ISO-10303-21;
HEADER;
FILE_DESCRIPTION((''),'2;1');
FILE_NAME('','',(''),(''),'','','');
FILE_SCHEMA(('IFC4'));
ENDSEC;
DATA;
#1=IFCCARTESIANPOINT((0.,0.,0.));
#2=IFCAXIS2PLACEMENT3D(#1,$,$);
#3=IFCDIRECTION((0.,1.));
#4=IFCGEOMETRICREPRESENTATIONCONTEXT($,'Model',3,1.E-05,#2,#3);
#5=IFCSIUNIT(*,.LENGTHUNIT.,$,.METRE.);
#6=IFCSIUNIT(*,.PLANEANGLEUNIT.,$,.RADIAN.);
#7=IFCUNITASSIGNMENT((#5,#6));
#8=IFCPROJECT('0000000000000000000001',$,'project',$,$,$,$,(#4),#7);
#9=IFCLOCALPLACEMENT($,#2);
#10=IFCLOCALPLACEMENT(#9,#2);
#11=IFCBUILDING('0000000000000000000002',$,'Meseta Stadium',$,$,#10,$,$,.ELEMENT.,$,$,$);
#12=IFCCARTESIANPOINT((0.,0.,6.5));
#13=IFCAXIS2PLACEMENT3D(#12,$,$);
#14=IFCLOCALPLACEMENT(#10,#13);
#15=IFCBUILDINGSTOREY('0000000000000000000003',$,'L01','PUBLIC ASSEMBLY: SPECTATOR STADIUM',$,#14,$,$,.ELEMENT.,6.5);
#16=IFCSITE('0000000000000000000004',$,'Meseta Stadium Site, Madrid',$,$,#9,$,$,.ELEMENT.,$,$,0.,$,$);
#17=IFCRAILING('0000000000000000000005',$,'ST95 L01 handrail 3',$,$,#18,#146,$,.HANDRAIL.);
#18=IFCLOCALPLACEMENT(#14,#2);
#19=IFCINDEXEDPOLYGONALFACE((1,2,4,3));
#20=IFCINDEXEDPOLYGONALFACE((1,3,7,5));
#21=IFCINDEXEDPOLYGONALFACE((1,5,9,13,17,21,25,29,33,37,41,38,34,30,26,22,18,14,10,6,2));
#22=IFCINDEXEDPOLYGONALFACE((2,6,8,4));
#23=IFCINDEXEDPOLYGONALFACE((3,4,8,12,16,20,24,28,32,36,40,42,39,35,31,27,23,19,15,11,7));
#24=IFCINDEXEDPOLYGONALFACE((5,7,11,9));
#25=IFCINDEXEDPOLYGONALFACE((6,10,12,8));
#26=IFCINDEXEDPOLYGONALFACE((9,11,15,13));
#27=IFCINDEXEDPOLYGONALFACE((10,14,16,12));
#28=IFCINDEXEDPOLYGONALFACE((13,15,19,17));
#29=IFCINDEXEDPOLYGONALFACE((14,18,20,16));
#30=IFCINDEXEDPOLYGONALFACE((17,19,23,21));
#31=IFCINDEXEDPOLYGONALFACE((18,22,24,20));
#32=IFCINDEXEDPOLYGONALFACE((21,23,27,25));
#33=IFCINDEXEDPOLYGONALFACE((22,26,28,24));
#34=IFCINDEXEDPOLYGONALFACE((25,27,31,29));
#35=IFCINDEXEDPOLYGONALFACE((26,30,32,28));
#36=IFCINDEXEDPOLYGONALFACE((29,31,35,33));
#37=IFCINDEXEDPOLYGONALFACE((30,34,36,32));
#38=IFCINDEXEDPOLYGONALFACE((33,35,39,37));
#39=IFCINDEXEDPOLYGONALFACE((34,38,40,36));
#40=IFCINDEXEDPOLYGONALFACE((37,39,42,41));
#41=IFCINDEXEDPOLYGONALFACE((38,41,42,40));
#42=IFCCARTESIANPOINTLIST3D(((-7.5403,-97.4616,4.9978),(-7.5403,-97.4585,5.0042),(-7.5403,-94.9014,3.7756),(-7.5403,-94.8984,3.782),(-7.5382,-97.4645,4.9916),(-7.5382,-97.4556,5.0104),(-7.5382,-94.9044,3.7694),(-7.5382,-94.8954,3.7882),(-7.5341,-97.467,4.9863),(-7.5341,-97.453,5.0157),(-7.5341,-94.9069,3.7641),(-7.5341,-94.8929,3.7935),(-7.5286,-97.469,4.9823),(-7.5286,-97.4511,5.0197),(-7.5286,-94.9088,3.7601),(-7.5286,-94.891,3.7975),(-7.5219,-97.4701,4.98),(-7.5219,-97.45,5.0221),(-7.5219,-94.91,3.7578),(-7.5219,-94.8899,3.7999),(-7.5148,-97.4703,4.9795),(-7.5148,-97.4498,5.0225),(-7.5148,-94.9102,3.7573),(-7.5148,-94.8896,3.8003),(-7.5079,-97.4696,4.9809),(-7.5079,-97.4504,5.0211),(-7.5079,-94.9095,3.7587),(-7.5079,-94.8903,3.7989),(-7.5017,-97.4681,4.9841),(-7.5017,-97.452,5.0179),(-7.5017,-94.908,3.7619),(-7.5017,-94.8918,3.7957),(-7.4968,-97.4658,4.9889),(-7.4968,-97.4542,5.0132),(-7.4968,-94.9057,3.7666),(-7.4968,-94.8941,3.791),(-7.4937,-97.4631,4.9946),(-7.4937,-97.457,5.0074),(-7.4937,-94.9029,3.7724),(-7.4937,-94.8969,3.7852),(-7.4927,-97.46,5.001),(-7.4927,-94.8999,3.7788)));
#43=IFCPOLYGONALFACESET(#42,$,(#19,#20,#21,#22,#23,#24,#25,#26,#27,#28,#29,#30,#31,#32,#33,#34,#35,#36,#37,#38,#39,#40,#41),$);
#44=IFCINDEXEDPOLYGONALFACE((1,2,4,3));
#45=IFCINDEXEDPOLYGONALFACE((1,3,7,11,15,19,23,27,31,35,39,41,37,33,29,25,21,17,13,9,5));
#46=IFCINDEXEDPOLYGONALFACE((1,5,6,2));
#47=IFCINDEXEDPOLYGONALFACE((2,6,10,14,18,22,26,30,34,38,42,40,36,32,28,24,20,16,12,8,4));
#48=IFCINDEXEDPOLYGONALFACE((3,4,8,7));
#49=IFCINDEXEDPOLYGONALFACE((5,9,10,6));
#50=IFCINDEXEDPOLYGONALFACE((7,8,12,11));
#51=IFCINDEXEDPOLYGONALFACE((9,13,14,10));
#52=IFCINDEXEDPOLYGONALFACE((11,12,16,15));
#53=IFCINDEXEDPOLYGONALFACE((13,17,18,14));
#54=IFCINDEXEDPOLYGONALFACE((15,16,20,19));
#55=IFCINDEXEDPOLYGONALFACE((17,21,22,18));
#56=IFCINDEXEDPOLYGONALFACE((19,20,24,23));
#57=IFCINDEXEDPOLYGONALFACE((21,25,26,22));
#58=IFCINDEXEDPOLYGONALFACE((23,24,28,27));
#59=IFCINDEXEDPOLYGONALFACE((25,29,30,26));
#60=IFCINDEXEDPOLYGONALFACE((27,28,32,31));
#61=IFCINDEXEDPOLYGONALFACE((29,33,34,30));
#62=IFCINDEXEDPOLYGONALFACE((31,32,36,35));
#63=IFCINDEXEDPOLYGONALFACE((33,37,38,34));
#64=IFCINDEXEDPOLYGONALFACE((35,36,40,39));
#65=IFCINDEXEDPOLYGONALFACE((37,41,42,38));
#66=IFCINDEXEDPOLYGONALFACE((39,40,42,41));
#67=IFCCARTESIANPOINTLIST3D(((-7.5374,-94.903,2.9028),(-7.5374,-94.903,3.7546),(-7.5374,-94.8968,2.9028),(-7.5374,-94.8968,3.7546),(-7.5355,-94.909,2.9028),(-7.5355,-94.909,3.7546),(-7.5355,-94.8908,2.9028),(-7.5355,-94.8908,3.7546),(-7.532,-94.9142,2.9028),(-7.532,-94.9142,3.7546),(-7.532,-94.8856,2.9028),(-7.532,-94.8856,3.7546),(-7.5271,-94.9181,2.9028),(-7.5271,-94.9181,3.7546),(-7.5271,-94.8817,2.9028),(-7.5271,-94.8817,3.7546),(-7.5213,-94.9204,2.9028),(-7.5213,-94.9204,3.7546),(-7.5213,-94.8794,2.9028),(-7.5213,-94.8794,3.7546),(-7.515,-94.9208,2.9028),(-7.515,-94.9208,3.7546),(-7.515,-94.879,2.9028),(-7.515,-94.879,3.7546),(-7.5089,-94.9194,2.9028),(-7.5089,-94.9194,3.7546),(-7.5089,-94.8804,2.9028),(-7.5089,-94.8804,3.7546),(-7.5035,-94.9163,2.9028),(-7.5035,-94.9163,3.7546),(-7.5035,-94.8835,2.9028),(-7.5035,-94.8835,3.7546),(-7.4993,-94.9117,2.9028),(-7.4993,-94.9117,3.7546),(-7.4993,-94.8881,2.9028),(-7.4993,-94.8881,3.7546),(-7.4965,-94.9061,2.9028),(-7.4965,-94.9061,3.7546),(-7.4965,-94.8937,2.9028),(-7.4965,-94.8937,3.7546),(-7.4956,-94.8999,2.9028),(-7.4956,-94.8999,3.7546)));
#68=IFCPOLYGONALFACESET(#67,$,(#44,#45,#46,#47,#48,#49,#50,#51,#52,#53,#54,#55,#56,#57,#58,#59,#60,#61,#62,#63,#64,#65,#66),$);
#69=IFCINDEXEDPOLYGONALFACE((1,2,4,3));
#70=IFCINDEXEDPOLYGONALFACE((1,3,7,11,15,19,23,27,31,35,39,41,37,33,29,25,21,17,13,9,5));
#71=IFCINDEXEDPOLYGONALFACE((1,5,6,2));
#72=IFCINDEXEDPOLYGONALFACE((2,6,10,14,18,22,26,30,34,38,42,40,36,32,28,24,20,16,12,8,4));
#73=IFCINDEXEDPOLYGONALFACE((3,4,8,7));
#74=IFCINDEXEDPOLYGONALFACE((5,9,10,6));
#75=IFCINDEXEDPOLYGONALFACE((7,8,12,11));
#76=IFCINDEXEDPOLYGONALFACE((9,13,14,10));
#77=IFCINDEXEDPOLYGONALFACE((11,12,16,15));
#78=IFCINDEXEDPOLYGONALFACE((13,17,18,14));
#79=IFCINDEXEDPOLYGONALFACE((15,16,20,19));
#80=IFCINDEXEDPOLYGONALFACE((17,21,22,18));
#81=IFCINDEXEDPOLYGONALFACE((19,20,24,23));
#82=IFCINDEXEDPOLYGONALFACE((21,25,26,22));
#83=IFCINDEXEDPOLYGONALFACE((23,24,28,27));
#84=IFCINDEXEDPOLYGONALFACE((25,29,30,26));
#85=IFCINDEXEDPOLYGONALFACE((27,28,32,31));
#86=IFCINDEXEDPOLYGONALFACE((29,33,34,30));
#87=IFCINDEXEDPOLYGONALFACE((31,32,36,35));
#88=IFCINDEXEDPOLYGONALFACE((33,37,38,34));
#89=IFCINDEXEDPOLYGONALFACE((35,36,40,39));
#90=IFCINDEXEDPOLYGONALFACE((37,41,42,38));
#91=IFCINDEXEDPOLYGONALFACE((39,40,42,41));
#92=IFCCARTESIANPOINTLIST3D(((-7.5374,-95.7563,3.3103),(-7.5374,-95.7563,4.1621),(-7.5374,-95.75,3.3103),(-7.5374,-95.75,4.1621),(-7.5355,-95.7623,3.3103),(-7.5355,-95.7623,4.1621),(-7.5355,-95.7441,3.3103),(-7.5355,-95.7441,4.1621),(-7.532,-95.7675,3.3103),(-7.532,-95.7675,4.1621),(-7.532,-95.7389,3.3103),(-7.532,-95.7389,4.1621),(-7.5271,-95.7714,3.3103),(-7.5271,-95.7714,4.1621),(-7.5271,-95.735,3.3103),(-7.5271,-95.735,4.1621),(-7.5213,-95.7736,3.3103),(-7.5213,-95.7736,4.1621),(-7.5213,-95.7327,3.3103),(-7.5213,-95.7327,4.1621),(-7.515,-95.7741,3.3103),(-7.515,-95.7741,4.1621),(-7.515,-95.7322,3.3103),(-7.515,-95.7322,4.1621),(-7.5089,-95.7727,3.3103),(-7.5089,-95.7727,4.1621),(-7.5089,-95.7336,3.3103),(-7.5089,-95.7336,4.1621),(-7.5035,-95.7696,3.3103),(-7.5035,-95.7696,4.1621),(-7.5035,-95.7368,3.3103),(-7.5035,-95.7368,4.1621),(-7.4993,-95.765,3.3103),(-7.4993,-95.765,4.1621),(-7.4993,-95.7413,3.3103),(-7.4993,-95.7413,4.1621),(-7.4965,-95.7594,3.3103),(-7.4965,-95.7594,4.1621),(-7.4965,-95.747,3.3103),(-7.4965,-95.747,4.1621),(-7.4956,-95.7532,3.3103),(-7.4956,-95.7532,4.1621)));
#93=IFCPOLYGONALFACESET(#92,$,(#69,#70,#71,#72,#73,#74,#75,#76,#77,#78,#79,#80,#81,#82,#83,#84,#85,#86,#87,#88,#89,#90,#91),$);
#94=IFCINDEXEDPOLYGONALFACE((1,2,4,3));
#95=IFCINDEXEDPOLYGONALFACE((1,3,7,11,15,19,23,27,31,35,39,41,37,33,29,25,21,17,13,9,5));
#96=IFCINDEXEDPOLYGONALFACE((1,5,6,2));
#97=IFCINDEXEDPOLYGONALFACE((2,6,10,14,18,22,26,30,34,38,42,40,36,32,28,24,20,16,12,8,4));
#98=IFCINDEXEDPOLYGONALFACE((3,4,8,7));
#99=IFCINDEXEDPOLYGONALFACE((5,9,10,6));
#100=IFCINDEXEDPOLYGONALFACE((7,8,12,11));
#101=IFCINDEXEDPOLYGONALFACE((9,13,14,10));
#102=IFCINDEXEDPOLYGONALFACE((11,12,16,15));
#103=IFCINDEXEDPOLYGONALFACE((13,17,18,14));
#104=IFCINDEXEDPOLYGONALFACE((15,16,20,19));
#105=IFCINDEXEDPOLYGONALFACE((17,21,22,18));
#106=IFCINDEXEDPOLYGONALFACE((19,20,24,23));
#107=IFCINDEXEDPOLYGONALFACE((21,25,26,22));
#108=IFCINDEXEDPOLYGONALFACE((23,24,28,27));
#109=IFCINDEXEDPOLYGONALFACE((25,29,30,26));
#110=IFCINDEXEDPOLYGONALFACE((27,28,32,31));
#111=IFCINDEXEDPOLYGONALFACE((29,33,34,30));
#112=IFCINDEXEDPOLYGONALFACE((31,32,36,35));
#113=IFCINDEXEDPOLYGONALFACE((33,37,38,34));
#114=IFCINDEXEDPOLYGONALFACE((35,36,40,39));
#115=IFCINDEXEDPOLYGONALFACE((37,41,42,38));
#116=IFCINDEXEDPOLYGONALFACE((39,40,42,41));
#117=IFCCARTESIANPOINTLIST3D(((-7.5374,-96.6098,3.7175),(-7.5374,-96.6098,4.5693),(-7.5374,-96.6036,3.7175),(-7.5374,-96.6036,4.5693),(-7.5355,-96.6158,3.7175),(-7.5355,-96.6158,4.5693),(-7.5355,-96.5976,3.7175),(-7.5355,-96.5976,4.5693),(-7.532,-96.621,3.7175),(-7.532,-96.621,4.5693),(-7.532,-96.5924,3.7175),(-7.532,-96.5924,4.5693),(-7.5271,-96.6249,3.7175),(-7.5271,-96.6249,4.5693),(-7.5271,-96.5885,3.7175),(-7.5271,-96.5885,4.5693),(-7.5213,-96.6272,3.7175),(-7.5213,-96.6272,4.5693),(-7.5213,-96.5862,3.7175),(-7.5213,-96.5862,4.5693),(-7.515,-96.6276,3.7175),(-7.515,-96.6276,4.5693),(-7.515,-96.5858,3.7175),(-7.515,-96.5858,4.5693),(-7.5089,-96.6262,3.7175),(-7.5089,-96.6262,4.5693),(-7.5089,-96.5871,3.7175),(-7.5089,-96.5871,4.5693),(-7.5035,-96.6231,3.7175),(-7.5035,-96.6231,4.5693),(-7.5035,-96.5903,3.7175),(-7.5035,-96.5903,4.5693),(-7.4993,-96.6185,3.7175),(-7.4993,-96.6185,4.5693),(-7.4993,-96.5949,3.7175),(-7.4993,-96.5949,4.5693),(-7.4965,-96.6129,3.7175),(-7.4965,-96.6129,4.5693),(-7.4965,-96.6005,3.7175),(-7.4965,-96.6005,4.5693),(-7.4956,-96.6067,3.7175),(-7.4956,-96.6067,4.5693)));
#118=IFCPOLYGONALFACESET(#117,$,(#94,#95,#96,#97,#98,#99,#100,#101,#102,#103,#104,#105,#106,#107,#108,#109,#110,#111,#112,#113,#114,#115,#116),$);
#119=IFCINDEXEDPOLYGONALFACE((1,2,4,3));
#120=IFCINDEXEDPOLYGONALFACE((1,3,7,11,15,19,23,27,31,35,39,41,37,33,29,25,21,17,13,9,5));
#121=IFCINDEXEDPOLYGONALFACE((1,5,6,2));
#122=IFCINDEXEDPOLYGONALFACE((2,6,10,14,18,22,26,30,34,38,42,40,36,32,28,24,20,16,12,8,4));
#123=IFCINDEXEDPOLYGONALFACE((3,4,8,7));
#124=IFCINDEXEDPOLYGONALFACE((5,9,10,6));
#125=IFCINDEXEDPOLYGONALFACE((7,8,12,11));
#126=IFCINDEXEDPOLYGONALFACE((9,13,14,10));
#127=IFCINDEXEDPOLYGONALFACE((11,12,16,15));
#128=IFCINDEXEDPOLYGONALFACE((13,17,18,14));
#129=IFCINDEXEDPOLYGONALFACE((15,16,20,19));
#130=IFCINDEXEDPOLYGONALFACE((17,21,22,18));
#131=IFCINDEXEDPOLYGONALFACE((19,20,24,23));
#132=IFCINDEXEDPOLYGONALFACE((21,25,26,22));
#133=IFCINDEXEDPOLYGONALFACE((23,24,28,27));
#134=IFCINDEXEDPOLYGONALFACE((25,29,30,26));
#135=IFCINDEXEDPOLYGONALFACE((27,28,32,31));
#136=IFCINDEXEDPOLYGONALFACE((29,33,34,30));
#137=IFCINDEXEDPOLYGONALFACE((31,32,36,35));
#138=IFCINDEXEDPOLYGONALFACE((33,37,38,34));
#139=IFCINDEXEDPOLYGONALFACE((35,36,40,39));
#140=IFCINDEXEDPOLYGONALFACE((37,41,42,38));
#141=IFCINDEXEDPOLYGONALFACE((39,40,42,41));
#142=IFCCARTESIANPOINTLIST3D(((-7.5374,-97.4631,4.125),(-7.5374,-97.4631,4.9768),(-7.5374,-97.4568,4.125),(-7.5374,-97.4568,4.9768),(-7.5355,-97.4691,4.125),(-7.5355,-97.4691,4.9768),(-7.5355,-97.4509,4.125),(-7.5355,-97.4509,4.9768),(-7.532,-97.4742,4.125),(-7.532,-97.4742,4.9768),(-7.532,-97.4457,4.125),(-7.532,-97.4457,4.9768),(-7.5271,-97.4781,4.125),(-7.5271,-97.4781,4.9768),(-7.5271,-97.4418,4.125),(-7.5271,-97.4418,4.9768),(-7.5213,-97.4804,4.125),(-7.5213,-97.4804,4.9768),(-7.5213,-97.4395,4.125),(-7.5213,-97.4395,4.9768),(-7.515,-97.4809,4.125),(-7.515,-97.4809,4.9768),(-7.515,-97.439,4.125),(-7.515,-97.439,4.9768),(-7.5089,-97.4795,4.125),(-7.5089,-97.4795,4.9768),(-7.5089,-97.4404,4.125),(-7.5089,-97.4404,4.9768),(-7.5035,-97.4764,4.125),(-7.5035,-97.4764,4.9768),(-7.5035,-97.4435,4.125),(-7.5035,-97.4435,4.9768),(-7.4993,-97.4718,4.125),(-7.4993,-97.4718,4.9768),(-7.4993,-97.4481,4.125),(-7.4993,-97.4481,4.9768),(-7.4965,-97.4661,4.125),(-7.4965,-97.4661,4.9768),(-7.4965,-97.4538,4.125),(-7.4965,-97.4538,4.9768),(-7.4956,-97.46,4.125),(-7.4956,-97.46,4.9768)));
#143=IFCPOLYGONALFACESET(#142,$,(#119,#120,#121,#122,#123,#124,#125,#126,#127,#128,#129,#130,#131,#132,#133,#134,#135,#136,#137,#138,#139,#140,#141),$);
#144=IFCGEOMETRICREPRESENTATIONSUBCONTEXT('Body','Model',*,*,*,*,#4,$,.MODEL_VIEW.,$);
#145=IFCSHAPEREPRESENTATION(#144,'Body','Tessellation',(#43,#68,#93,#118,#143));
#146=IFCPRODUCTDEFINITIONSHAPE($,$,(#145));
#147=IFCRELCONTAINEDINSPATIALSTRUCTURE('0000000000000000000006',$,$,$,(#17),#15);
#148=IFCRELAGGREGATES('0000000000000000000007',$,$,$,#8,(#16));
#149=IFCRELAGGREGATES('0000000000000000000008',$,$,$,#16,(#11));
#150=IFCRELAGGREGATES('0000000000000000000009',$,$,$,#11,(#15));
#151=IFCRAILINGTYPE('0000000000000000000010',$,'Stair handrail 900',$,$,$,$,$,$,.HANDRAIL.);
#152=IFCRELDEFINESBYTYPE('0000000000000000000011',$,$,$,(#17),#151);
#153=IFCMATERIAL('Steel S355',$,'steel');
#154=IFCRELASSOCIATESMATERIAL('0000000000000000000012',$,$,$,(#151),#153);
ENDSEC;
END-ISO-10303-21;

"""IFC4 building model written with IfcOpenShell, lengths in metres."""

from ifc_helpers import new_model, si_unit, direction, frame, origin, origin_2d, place, context, subcontext, project, spatial, circle, extrude, material, type_object, element, save


model = new_model("IFC4")

# Units and contexts
model_context = context("Model", 3, precision=1e-05, world=origin(), true_north=direction((0.0, 1.0)))
body_context = subcontext(model_context, "Body", "Model", "MODEL_VIEW")
ifc_project = project(units=[si_unit("LENGTHUNIT", "METRE"), si_unit("PLANEANGLEUNIT", "RADIAN")], contexts=[model_context])

# Site, building, storey
site_placement = place(None, origin())
site = spatial("IfcSite", under=ifc_project, at=site_placement, Name="Meseta Stadium Site, Madrid", CompositionType="ELEMENT", RefElevation=0.0)
building_placement = place(site_placement, origin())
building = spatial("IfcBuilding", under=site, at=building_placement, Name="Meseta Stadium", CompositionType="ELEMENT")
storey_placement = place(building_placement, frame((0.0, 0.0, 6.5)))
storey = spatial("IfcBuildingStorey", under=building, at=storey_placement, Name="L01", Description="PUBLIC ASSEMBLY: SPECTATOR STADIUM", CompositionType="ELEMENT", Elevation=6.5)

# Railing
ifc_material_1 = material(Name="Steel S355", Category="steel")
railing_type_1 = type_object("IfcRailingType", Name="Stair handrail 900", PredefinedType="HANDRAIL", material=ifc_material_1)
railing_1_placement = place(storey_placement, frame((-7.5166, -94.8999, 2.9028)))
element("IfcRailing", 1, at=railing_1_placement, inside=storey, type_object=railing_type_1, Name="ST95 L01 handrail 3", PredefinedType="HANDRAIL", context=body_context, shape_type="SweptSolid", body=[
    extrude(circle(Radius=0.0239, at=origin_2d()), frame((0.0, 0.0, 0.876), z_axis=(0.0, -0.902437, 0.430822), x_axis=(1.0, 0.0, 0.0)), (0.0, 0.0, 1.0), 2.8369),
    extrude(circle(Radius=0.021, at=origin_2d()), origin(), (0.0, 0.0, 1.0), 0.8518),
    extrude(circle(Radius=0.021, at=origin_2d()), frame((0.0, -0.8533, 0.4075)), (0.0, 0.0, 1.0), 0.8518),
    extrude(circle(Radius=0.021, at=origin_2d()), frame((0.0, -1.7068, 0.8147)), (0.0, 0.0, 1.0), 0.8518),
    extrude(circle(Radius=0.021, at=origin_2d()), frame((0.0, -2.5601, 1.2222)), (0.0, 0.0, 1.0), 0.8518),
])

save(model, "model.ifc")
